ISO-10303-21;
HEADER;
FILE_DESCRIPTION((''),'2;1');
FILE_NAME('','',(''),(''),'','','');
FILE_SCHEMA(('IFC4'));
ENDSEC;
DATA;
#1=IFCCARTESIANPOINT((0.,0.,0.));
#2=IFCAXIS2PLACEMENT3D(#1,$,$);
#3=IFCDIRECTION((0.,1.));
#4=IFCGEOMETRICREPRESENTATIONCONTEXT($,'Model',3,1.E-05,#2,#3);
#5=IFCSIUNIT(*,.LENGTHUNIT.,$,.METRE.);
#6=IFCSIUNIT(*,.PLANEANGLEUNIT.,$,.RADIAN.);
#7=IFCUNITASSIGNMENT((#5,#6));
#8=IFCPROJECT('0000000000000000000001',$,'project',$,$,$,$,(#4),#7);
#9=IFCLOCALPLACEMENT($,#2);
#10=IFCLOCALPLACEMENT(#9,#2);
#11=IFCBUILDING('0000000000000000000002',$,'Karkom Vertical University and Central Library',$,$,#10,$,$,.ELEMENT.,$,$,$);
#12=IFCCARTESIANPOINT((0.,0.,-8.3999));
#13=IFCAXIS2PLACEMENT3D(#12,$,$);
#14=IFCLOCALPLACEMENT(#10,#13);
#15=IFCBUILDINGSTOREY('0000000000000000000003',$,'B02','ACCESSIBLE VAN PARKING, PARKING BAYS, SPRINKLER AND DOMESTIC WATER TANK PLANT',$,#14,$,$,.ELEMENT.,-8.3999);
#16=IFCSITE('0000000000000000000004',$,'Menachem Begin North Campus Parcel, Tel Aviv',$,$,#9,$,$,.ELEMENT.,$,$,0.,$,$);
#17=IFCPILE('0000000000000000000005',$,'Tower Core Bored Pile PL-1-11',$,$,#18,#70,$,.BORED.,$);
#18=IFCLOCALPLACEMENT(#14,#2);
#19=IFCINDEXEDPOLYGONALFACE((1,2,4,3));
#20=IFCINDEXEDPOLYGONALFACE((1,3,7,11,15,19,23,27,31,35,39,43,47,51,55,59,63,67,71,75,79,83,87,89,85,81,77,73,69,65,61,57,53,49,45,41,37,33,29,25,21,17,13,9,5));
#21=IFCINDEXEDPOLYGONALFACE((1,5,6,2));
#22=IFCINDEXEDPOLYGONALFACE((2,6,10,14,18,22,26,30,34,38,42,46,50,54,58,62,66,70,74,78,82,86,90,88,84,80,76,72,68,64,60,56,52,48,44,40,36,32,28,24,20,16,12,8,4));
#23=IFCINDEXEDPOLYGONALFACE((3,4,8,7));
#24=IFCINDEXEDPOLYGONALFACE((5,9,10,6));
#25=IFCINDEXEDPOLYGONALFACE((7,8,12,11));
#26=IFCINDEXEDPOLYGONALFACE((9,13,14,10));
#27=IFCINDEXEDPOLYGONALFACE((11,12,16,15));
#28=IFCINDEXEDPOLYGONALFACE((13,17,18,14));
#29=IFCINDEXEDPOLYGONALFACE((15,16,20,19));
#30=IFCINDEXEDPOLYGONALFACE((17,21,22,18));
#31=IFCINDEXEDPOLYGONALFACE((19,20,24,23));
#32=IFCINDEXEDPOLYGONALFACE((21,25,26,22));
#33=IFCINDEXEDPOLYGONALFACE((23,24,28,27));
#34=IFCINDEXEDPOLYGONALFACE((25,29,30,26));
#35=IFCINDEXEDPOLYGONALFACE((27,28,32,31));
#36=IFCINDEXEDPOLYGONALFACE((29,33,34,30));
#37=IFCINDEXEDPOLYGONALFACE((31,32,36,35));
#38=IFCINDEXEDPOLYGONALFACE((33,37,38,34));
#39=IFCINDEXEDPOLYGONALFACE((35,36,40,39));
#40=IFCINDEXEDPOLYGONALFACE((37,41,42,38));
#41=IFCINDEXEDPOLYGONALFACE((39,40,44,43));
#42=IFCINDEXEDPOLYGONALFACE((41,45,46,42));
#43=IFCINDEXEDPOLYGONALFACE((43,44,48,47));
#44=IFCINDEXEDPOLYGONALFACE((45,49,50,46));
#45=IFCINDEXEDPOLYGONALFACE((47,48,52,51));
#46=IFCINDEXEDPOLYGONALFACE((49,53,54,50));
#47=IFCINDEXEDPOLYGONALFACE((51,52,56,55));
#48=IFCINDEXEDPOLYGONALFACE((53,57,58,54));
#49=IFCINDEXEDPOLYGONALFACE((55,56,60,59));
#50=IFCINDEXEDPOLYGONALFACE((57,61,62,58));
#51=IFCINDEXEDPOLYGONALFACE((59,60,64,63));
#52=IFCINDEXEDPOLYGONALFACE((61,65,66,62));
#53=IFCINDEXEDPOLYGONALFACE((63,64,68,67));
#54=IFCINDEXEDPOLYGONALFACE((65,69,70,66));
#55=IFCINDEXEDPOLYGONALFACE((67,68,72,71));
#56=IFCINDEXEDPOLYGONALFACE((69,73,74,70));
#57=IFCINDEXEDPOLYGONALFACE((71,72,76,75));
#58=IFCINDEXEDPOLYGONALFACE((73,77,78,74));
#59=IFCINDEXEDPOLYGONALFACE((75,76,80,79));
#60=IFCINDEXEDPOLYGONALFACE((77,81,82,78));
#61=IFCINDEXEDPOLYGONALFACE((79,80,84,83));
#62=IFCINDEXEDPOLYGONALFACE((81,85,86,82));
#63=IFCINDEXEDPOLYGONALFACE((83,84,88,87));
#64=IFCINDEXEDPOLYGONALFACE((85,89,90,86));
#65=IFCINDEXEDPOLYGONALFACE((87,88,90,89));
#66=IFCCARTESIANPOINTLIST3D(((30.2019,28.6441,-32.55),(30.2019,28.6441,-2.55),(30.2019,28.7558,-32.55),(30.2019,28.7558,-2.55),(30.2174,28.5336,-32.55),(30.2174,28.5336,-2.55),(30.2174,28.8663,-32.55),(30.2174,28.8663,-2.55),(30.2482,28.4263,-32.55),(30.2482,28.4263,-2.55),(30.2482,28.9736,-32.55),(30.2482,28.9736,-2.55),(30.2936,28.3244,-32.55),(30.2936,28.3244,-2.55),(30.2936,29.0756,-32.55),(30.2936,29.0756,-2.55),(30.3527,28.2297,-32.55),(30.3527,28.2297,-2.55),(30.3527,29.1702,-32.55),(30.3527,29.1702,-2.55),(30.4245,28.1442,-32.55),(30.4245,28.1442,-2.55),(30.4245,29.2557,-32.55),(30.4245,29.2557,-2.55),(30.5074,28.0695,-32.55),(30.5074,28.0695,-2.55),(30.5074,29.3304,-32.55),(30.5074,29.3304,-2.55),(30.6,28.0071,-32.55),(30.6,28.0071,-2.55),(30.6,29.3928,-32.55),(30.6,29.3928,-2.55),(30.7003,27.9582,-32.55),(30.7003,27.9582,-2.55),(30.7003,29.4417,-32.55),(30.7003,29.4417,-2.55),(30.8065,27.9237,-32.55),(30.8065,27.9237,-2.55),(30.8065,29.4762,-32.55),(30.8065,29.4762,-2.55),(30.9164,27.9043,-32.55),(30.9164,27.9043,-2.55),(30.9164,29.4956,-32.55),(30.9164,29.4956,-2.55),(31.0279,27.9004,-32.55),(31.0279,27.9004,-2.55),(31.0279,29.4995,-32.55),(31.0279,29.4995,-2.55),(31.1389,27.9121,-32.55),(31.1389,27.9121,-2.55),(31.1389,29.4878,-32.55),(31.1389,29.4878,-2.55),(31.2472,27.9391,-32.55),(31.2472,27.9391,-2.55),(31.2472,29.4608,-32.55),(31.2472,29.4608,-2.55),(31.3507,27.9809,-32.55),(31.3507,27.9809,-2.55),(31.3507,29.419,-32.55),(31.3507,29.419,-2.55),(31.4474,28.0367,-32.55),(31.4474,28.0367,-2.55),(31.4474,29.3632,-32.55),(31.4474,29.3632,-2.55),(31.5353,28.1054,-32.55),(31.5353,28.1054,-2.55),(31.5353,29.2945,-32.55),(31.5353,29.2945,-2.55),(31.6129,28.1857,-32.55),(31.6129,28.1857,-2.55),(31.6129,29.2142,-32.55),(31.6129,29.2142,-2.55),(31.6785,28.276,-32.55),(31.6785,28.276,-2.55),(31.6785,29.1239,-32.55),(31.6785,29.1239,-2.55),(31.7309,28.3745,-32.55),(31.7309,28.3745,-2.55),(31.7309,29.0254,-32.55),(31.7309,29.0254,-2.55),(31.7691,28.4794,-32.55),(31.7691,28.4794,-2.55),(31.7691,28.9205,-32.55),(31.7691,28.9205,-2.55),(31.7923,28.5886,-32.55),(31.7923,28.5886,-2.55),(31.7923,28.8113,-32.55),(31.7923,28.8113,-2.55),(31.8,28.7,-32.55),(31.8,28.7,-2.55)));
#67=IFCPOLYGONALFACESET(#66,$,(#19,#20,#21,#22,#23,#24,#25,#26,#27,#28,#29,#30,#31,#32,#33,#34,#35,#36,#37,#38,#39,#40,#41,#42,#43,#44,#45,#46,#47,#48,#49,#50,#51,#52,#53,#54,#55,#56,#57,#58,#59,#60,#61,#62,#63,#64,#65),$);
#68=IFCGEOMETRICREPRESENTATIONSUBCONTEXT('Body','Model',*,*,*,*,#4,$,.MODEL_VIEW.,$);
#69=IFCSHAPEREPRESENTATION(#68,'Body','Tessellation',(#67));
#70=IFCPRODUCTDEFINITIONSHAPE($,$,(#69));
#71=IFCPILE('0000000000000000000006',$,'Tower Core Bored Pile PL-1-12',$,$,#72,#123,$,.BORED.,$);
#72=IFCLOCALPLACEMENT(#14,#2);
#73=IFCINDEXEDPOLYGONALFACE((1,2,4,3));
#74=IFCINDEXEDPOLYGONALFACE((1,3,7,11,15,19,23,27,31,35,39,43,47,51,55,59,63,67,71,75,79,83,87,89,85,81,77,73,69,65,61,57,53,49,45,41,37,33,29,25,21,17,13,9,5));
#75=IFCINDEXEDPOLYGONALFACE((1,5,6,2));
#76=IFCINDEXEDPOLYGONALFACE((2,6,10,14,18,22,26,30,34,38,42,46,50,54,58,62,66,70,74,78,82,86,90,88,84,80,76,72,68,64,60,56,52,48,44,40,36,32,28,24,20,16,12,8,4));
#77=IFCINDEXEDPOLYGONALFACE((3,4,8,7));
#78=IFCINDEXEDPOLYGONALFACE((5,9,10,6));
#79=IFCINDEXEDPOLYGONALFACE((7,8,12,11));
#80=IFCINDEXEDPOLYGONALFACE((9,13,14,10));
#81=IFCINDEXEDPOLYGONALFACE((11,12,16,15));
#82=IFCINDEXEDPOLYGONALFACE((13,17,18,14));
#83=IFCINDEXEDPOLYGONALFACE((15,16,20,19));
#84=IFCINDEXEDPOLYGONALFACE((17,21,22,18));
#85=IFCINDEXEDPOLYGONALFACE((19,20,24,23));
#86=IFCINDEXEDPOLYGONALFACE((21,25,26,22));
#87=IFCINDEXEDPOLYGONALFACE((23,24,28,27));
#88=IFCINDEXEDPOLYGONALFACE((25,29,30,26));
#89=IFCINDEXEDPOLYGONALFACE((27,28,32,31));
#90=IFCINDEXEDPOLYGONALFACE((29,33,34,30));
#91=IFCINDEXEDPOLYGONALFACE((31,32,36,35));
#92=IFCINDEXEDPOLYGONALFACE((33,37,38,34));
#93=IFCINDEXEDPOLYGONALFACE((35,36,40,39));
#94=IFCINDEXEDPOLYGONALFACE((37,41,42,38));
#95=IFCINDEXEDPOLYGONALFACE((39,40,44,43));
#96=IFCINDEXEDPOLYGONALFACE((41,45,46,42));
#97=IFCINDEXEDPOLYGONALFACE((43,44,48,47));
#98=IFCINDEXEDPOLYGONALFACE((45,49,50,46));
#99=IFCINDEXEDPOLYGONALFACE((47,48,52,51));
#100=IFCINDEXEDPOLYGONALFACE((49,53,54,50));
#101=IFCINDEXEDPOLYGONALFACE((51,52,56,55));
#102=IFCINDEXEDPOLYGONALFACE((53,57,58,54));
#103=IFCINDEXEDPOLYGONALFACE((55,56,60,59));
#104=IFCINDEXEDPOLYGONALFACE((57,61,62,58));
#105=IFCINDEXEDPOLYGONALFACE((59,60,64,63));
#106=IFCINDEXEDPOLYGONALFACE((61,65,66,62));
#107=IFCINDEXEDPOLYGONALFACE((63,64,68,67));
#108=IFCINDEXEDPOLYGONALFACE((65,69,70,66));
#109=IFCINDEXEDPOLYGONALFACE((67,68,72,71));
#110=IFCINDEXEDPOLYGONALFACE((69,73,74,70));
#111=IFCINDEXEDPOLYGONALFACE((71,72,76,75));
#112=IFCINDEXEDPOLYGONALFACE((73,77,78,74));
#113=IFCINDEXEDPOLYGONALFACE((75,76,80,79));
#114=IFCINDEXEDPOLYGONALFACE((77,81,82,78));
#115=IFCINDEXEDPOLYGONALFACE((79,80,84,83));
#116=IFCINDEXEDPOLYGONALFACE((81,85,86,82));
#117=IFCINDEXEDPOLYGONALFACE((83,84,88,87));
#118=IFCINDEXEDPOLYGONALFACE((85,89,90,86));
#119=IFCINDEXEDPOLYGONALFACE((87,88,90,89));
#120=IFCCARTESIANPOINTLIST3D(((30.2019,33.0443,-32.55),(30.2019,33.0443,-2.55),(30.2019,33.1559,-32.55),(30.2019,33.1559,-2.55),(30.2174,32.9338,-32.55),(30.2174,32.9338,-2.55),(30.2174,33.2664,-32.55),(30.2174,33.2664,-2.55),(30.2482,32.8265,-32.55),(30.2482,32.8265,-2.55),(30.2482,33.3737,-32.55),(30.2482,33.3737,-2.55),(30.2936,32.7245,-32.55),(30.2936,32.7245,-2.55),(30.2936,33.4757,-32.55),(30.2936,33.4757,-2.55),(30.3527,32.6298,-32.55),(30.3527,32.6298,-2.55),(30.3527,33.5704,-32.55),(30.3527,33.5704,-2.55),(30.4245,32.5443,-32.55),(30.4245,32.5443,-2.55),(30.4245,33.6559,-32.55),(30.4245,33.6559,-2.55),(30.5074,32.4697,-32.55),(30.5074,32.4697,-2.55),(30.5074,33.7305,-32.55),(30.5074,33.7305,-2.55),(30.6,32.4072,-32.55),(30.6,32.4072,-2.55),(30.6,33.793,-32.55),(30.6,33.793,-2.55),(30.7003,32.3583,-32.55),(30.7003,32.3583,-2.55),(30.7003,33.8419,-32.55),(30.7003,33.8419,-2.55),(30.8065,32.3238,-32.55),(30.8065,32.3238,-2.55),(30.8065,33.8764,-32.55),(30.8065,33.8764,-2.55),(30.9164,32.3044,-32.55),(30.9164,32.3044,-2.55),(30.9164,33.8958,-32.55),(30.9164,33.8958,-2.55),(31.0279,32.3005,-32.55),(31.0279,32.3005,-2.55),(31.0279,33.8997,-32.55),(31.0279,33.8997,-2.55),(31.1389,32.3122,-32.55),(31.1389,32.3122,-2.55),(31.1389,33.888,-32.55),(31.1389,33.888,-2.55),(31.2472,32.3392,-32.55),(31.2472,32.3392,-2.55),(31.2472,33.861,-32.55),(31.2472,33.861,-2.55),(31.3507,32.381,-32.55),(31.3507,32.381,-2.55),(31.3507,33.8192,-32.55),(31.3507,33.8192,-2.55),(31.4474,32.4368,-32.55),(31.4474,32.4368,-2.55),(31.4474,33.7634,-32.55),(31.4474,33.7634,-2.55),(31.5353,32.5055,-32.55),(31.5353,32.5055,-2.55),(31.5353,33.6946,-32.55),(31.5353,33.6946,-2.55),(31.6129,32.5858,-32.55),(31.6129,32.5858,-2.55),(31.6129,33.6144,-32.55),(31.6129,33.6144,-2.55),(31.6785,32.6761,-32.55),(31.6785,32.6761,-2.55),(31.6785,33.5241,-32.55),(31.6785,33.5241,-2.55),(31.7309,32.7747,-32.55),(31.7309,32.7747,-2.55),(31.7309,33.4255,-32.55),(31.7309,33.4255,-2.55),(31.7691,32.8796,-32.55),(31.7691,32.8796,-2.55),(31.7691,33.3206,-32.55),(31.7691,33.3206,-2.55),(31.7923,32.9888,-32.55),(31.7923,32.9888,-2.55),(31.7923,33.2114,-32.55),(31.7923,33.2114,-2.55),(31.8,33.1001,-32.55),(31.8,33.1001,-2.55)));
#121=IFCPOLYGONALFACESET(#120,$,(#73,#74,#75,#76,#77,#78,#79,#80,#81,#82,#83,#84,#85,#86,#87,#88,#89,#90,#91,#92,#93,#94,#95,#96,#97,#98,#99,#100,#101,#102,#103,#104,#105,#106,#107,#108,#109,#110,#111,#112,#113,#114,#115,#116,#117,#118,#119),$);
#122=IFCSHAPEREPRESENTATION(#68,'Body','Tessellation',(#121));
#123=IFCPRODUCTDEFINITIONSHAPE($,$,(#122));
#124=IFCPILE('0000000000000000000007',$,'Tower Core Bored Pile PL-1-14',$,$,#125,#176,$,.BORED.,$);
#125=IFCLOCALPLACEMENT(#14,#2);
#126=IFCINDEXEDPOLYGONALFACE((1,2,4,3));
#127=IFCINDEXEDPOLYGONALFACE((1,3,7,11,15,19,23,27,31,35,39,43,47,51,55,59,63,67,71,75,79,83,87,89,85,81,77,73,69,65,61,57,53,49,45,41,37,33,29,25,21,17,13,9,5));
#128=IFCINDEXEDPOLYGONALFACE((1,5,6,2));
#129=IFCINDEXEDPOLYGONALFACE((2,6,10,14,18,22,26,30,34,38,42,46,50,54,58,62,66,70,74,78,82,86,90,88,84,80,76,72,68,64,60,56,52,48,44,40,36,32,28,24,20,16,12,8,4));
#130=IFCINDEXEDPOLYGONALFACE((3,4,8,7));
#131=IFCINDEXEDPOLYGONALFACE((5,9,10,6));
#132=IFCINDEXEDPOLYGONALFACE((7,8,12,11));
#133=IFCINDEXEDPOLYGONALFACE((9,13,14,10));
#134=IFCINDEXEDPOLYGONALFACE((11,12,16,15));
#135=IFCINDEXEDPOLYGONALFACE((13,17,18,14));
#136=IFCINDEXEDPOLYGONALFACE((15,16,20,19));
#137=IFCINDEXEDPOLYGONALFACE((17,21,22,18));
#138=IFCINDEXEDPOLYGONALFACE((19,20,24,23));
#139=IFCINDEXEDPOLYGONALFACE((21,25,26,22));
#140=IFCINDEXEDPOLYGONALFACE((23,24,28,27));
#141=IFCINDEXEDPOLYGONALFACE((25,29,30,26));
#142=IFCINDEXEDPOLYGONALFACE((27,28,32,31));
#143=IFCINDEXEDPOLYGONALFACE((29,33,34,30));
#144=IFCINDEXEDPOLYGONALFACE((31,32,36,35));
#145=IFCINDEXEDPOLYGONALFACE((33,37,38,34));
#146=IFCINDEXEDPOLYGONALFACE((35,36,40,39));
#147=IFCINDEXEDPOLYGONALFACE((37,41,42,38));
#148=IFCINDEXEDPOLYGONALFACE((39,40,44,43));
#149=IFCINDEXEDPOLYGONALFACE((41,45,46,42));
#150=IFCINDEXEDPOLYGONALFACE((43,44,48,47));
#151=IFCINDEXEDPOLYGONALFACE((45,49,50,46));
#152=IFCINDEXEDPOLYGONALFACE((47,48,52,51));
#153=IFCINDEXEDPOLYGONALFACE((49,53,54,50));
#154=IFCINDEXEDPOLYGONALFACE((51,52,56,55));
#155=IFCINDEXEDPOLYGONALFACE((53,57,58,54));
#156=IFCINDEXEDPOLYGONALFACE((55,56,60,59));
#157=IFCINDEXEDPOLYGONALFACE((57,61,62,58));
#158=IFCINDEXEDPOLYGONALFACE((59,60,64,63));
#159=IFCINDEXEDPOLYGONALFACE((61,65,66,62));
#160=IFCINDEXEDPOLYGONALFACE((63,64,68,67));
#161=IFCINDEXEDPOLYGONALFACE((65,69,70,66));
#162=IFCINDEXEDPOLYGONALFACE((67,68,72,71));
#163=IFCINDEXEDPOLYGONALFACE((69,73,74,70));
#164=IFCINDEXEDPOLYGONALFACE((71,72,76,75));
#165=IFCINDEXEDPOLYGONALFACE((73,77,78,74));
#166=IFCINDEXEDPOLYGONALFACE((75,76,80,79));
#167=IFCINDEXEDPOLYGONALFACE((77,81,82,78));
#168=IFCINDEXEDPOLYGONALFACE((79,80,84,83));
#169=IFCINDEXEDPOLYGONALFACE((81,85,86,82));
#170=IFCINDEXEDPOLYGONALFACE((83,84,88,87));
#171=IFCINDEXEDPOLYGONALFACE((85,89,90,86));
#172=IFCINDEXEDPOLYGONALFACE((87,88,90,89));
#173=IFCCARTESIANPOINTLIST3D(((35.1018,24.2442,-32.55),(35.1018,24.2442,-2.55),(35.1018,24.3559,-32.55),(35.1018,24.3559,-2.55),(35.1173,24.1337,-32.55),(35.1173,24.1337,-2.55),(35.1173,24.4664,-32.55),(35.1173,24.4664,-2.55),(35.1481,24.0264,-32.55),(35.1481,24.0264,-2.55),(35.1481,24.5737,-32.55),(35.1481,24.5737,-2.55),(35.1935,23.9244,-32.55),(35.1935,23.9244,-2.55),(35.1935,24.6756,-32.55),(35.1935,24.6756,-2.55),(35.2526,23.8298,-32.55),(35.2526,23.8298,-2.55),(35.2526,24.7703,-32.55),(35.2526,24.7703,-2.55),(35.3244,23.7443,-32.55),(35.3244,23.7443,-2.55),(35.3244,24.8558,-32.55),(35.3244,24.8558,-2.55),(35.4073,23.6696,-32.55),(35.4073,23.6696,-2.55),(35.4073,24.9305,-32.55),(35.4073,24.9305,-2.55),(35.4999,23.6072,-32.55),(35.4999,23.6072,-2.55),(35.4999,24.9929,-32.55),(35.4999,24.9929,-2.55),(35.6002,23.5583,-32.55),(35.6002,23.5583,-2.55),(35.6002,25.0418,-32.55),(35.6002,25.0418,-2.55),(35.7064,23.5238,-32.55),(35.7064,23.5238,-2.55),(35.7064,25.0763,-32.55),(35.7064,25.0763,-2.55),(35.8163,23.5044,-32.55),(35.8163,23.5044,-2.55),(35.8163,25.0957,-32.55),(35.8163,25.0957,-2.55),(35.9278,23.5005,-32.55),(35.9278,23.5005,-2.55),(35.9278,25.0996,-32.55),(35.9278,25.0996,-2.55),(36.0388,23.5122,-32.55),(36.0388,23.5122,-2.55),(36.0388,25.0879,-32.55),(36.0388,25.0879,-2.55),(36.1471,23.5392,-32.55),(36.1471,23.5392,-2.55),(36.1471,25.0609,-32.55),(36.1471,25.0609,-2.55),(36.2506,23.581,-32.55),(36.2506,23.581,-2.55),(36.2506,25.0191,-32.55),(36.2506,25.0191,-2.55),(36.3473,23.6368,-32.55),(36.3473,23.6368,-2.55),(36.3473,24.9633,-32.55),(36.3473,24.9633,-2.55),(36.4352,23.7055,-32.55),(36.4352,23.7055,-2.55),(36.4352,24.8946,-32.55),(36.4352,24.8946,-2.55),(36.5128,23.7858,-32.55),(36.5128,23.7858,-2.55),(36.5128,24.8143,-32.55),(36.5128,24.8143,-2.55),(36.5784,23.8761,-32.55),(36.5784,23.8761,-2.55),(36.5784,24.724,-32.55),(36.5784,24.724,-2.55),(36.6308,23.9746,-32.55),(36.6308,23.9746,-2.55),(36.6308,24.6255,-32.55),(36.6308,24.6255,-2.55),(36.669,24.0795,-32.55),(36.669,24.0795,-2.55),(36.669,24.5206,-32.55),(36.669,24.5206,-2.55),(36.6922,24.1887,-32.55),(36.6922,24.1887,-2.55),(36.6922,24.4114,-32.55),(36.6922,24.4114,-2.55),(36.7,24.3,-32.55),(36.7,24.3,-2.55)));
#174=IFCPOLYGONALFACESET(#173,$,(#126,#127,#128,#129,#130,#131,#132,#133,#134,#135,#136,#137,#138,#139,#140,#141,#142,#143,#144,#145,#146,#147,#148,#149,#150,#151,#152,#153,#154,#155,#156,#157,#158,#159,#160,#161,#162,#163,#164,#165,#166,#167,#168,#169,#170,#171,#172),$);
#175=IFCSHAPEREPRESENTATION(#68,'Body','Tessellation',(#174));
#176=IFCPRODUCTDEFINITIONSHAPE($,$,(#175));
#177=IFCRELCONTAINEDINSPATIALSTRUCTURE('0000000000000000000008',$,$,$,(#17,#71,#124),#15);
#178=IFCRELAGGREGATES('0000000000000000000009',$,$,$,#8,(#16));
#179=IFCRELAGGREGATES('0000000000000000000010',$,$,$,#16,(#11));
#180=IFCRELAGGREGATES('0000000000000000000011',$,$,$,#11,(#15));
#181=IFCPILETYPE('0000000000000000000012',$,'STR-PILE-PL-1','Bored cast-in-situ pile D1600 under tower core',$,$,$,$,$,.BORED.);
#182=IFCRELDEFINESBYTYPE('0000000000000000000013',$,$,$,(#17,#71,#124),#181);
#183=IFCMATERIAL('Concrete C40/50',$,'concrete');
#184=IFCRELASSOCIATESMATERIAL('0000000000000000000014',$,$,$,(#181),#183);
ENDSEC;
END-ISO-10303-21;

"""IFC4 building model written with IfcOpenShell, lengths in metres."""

from ifc_helpers import new_model, si_unit, direction, frame, origin, origin_with_axes, origin_2d, place, context, subcontext, project, spatial, circle, extrude, source, transform, mapped, material, material_profile, profile_set, type_object, element, save


model = new_model("IFC4")

# Units and contexts
model_context = context("Model", 3, precision=1e-05, world=origin(), true_north=direction((0.0, 1.0)))
body_context = subcontext(model_context, "Body", "Model", "MODEL_VIEW")
ifc_project = project(units=[si_unit("LENGTHUNIT", "METRE"), si_unit("PLANEANGLEUNIT", "RADIAN")], contexts=[model_context])

# Site, building, storey
site_placement = place(None, origin())
site = spatial("IfcSite", under=ifc_project, at=site_placement, Name="Menachem Begin North Campus Parcel, Tel Aviv", CompositionType="ELEMENT", RefElevation=0.0)
building_placement = place(site_placement, origin())
building = spatial("IfcBuilding", under=site, at=building_placement, Name="Karkom Vertical University and Central Library", CompositionType="ELEMENT")
storey_placement = place(building_placement, frame((0.0, 0.0, -8.3999)))
storey = spatial("IfcBuildingStorey", under=building, at=storey_placement, Name="B02", Description="ACCESSIBLE VAN PARKING, PARKING BAYS, SPRINKLER AND DOMESTIC WATER TANK PLANT", CompositionType="ELEMENT", Elevation=-8.3999)

# Piles
ifc_material_1 = material(Name="Concrete C40/50", Category="concrete")
ifc_material_profile_1 = material_profile(ifc_material_1, circle(Radius=0.8, at=origin_2d()), Name="PILE-D1600")
ifc_profile_set_1 = profile_set([ifc_material_profile_1], Name="Concrete C40/50")
pile_type_1 = type_object("IfcPileType", Name="STR-PILE-PL-1", Description="Bored cast-in-situ pile D1600 under tower core", PredefinedType="BORED", material=ifc_profile_set_1)
shared_shape_1 = source(origin_with_axes(), body_context, "Body", "SweptSolid", [
    extrude(circle(Radius=0.8, at=origin_2d()), origin(), (0.0, 0.0, 1.0), 30.0),
])
for number, where, z_axis, x_axis, name in (
    (1, (31.0, 28.7, -2.55), (0.0, 0.0, -1.0), (1.0, 0.0, 0.0), "Tower Core Bored Pile PL-1-11"),
    (2, (31.0, 33.1001, -2.55), (0.0, 0.0, -1.0), (1.0, 0.0, 0.0), "Tower Core Bored Pile PL-1-12"),
    (3, (35.8999, 24.3, -2.55), (0.0, 0.0, -1.0), (1.0, 0.0, 0.0), "Tower Core Bored Pile PL-1-14"),
):
    element("IfcPile", number, at=place(storey_placement, frame(where, z_axis=z_axis, x_axis=x_axis)), inside=storey, type_object=pile_type_1, Name=name, PredefinedType="BORED", context=body_context, shape_type="MappedRepresentation", body=[
        mapped(shared_shape_1, transform((0.0, 0.0, 0.0), scale=1.0)),
    ])

save(model, "model.ifc")
